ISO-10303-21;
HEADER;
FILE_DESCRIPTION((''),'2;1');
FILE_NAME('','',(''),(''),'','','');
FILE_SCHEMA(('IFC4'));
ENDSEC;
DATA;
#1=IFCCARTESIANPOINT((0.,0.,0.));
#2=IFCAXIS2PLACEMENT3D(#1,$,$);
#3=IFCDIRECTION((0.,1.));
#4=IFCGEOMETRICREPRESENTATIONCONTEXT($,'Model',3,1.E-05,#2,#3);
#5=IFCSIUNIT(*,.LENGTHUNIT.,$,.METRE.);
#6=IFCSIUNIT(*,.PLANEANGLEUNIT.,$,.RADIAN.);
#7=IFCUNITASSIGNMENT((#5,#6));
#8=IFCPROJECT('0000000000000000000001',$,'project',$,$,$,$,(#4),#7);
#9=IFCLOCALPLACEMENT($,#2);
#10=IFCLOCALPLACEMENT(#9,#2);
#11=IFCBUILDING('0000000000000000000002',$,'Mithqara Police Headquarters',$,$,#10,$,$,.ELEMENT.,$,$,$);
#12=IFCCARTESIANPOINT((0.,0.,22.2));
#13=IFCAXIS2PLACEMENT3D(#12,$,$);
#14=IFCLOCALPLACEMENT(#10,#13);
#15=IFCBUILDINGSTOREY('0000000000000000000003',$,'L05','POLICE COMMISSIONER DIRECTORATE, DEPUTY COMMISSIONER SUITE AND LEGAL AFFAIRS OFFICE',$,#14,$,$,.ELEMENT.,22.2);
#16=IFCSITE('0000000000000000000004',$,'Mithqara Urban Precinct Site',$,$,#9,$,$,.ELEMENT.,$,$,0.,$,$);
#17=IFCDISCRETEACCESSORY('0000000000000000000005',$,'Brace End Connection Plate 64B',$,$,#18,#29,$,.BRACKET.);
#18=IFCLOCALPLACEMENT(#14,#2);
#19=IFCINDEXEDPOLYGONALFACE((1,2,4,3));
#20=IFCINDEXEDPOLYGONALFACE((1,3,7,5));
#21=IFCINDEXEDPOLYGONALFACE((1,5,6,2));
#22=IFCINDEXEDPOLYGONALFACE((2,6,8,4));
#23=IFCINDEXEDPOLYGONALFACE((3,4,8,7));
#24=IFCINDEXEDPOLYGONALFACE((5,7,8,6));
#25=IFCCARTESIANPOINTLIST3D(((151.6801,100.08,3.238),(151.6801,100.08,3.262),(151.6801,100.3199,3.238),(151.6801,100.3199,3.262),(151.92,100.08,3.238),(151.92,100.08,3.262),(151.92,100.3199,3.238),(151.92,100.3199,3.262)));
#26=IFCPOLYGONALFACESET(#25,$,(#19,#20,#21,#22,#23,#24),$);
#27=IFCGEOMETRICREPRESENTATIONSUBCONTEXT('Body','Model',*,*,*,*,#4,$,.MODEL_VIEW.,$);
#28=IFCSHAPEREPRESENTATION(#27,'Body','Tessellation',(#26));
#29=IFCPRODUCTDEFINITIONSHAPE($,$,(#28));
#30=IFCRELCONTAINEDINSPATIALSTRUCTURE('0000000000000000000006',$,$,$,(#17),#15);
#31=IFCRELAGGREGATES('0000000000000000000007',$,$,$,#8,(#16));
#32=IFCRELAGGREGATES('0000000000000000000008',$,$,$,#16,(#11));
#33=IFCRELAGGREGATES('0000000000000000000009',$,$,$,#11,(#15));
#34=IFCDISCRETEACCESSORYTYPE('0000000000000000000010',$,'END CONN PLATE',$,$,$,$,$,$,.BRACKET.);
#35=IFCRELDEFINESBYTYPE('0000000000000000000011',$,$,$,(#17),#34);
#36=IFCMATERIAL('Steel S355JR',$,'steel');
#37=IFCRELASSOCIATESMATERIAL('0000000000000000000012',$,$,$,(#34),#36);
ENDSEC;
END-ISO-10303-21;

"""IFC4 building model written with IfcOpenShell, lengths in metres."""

from ifc_helpers import new_model, si_unit, direction, frame, origin, origin_2d, place, context, subcontext, project, spatial, rectangle, extrude, material, type_object, element, save


model = new_model("IFC4")

# Units and contexts
model_context = context("Model", 3, precision=1e-05, world=origin(), true_north=direction((0.0, 1.0)))
body_context = subcontext(model_context, "Body", "Model", "MODEL_VIEW")
ifc_project = project(units=[si_unit("LENGTHUNIT", "METRE"), si_unit("PLANEANGLEUNIT", "RADIAN")], contexts=[model_context])

# Site, building, storey
site_placement = place(None, origin())
site = spatial("IfcSite", under=ifc_project, at=site_placement, Name="Mithqara Urban Precinct Site", CompositionType="ELEMENT", RefElevation=0.0)
building_placement = place(site_placement, origin())
building = spatial("IfcBuilding", under=site, at=building_placement, Name="Mithqara Police Headquarters", CompositionType="ELEMENT")
storey_placement = place(building_placement, frame((0.0, 0.0, 22.2)))
storey = spatial("IfcBuildingStorey", under=building, at=storey_placement, Name="L05", Description="POLICE COMMISSIONER DIRECTORATE, DEPUTY COMMISSIONER SUITE AND LEGAL AFFAIRS OFFICE", CompositionType="ELEMENT", Elevation=22.2)

# Shared definitions
ifc_material_1 = material(Name="Steel S355JR", Category="steel")

# Discrete accessory
discrete_accessory_type = type_object("IfcDiscreteAccessoryType", Name="END CONN PLATE", PredefinedType="BRACKET", material=ifc_material_1)
discrete_accessory_placement = place(storey_placement, frame((151.8, 100.2, 3.238), z_axis=(0.0, 0.0, 1.0), x_axis=(1.0, 0.0, 0.0)))
element("IfcDiscreteAccessory", 1, at=discrete_accessory_placement, inside=storey, type_object=discrete_accessory_type, Name="Brace End Connection Plate 64B", PredefinedType="BRACKET", context=body_context, shape_type="SweptSolid", body=[
    extrude(rectangle(XDim=0.24, YDim=0.24, at=origin_2d()), origin(), (0.0, 0.0, 1.0), 0.0239),
])

save(model, "model.ifc")
